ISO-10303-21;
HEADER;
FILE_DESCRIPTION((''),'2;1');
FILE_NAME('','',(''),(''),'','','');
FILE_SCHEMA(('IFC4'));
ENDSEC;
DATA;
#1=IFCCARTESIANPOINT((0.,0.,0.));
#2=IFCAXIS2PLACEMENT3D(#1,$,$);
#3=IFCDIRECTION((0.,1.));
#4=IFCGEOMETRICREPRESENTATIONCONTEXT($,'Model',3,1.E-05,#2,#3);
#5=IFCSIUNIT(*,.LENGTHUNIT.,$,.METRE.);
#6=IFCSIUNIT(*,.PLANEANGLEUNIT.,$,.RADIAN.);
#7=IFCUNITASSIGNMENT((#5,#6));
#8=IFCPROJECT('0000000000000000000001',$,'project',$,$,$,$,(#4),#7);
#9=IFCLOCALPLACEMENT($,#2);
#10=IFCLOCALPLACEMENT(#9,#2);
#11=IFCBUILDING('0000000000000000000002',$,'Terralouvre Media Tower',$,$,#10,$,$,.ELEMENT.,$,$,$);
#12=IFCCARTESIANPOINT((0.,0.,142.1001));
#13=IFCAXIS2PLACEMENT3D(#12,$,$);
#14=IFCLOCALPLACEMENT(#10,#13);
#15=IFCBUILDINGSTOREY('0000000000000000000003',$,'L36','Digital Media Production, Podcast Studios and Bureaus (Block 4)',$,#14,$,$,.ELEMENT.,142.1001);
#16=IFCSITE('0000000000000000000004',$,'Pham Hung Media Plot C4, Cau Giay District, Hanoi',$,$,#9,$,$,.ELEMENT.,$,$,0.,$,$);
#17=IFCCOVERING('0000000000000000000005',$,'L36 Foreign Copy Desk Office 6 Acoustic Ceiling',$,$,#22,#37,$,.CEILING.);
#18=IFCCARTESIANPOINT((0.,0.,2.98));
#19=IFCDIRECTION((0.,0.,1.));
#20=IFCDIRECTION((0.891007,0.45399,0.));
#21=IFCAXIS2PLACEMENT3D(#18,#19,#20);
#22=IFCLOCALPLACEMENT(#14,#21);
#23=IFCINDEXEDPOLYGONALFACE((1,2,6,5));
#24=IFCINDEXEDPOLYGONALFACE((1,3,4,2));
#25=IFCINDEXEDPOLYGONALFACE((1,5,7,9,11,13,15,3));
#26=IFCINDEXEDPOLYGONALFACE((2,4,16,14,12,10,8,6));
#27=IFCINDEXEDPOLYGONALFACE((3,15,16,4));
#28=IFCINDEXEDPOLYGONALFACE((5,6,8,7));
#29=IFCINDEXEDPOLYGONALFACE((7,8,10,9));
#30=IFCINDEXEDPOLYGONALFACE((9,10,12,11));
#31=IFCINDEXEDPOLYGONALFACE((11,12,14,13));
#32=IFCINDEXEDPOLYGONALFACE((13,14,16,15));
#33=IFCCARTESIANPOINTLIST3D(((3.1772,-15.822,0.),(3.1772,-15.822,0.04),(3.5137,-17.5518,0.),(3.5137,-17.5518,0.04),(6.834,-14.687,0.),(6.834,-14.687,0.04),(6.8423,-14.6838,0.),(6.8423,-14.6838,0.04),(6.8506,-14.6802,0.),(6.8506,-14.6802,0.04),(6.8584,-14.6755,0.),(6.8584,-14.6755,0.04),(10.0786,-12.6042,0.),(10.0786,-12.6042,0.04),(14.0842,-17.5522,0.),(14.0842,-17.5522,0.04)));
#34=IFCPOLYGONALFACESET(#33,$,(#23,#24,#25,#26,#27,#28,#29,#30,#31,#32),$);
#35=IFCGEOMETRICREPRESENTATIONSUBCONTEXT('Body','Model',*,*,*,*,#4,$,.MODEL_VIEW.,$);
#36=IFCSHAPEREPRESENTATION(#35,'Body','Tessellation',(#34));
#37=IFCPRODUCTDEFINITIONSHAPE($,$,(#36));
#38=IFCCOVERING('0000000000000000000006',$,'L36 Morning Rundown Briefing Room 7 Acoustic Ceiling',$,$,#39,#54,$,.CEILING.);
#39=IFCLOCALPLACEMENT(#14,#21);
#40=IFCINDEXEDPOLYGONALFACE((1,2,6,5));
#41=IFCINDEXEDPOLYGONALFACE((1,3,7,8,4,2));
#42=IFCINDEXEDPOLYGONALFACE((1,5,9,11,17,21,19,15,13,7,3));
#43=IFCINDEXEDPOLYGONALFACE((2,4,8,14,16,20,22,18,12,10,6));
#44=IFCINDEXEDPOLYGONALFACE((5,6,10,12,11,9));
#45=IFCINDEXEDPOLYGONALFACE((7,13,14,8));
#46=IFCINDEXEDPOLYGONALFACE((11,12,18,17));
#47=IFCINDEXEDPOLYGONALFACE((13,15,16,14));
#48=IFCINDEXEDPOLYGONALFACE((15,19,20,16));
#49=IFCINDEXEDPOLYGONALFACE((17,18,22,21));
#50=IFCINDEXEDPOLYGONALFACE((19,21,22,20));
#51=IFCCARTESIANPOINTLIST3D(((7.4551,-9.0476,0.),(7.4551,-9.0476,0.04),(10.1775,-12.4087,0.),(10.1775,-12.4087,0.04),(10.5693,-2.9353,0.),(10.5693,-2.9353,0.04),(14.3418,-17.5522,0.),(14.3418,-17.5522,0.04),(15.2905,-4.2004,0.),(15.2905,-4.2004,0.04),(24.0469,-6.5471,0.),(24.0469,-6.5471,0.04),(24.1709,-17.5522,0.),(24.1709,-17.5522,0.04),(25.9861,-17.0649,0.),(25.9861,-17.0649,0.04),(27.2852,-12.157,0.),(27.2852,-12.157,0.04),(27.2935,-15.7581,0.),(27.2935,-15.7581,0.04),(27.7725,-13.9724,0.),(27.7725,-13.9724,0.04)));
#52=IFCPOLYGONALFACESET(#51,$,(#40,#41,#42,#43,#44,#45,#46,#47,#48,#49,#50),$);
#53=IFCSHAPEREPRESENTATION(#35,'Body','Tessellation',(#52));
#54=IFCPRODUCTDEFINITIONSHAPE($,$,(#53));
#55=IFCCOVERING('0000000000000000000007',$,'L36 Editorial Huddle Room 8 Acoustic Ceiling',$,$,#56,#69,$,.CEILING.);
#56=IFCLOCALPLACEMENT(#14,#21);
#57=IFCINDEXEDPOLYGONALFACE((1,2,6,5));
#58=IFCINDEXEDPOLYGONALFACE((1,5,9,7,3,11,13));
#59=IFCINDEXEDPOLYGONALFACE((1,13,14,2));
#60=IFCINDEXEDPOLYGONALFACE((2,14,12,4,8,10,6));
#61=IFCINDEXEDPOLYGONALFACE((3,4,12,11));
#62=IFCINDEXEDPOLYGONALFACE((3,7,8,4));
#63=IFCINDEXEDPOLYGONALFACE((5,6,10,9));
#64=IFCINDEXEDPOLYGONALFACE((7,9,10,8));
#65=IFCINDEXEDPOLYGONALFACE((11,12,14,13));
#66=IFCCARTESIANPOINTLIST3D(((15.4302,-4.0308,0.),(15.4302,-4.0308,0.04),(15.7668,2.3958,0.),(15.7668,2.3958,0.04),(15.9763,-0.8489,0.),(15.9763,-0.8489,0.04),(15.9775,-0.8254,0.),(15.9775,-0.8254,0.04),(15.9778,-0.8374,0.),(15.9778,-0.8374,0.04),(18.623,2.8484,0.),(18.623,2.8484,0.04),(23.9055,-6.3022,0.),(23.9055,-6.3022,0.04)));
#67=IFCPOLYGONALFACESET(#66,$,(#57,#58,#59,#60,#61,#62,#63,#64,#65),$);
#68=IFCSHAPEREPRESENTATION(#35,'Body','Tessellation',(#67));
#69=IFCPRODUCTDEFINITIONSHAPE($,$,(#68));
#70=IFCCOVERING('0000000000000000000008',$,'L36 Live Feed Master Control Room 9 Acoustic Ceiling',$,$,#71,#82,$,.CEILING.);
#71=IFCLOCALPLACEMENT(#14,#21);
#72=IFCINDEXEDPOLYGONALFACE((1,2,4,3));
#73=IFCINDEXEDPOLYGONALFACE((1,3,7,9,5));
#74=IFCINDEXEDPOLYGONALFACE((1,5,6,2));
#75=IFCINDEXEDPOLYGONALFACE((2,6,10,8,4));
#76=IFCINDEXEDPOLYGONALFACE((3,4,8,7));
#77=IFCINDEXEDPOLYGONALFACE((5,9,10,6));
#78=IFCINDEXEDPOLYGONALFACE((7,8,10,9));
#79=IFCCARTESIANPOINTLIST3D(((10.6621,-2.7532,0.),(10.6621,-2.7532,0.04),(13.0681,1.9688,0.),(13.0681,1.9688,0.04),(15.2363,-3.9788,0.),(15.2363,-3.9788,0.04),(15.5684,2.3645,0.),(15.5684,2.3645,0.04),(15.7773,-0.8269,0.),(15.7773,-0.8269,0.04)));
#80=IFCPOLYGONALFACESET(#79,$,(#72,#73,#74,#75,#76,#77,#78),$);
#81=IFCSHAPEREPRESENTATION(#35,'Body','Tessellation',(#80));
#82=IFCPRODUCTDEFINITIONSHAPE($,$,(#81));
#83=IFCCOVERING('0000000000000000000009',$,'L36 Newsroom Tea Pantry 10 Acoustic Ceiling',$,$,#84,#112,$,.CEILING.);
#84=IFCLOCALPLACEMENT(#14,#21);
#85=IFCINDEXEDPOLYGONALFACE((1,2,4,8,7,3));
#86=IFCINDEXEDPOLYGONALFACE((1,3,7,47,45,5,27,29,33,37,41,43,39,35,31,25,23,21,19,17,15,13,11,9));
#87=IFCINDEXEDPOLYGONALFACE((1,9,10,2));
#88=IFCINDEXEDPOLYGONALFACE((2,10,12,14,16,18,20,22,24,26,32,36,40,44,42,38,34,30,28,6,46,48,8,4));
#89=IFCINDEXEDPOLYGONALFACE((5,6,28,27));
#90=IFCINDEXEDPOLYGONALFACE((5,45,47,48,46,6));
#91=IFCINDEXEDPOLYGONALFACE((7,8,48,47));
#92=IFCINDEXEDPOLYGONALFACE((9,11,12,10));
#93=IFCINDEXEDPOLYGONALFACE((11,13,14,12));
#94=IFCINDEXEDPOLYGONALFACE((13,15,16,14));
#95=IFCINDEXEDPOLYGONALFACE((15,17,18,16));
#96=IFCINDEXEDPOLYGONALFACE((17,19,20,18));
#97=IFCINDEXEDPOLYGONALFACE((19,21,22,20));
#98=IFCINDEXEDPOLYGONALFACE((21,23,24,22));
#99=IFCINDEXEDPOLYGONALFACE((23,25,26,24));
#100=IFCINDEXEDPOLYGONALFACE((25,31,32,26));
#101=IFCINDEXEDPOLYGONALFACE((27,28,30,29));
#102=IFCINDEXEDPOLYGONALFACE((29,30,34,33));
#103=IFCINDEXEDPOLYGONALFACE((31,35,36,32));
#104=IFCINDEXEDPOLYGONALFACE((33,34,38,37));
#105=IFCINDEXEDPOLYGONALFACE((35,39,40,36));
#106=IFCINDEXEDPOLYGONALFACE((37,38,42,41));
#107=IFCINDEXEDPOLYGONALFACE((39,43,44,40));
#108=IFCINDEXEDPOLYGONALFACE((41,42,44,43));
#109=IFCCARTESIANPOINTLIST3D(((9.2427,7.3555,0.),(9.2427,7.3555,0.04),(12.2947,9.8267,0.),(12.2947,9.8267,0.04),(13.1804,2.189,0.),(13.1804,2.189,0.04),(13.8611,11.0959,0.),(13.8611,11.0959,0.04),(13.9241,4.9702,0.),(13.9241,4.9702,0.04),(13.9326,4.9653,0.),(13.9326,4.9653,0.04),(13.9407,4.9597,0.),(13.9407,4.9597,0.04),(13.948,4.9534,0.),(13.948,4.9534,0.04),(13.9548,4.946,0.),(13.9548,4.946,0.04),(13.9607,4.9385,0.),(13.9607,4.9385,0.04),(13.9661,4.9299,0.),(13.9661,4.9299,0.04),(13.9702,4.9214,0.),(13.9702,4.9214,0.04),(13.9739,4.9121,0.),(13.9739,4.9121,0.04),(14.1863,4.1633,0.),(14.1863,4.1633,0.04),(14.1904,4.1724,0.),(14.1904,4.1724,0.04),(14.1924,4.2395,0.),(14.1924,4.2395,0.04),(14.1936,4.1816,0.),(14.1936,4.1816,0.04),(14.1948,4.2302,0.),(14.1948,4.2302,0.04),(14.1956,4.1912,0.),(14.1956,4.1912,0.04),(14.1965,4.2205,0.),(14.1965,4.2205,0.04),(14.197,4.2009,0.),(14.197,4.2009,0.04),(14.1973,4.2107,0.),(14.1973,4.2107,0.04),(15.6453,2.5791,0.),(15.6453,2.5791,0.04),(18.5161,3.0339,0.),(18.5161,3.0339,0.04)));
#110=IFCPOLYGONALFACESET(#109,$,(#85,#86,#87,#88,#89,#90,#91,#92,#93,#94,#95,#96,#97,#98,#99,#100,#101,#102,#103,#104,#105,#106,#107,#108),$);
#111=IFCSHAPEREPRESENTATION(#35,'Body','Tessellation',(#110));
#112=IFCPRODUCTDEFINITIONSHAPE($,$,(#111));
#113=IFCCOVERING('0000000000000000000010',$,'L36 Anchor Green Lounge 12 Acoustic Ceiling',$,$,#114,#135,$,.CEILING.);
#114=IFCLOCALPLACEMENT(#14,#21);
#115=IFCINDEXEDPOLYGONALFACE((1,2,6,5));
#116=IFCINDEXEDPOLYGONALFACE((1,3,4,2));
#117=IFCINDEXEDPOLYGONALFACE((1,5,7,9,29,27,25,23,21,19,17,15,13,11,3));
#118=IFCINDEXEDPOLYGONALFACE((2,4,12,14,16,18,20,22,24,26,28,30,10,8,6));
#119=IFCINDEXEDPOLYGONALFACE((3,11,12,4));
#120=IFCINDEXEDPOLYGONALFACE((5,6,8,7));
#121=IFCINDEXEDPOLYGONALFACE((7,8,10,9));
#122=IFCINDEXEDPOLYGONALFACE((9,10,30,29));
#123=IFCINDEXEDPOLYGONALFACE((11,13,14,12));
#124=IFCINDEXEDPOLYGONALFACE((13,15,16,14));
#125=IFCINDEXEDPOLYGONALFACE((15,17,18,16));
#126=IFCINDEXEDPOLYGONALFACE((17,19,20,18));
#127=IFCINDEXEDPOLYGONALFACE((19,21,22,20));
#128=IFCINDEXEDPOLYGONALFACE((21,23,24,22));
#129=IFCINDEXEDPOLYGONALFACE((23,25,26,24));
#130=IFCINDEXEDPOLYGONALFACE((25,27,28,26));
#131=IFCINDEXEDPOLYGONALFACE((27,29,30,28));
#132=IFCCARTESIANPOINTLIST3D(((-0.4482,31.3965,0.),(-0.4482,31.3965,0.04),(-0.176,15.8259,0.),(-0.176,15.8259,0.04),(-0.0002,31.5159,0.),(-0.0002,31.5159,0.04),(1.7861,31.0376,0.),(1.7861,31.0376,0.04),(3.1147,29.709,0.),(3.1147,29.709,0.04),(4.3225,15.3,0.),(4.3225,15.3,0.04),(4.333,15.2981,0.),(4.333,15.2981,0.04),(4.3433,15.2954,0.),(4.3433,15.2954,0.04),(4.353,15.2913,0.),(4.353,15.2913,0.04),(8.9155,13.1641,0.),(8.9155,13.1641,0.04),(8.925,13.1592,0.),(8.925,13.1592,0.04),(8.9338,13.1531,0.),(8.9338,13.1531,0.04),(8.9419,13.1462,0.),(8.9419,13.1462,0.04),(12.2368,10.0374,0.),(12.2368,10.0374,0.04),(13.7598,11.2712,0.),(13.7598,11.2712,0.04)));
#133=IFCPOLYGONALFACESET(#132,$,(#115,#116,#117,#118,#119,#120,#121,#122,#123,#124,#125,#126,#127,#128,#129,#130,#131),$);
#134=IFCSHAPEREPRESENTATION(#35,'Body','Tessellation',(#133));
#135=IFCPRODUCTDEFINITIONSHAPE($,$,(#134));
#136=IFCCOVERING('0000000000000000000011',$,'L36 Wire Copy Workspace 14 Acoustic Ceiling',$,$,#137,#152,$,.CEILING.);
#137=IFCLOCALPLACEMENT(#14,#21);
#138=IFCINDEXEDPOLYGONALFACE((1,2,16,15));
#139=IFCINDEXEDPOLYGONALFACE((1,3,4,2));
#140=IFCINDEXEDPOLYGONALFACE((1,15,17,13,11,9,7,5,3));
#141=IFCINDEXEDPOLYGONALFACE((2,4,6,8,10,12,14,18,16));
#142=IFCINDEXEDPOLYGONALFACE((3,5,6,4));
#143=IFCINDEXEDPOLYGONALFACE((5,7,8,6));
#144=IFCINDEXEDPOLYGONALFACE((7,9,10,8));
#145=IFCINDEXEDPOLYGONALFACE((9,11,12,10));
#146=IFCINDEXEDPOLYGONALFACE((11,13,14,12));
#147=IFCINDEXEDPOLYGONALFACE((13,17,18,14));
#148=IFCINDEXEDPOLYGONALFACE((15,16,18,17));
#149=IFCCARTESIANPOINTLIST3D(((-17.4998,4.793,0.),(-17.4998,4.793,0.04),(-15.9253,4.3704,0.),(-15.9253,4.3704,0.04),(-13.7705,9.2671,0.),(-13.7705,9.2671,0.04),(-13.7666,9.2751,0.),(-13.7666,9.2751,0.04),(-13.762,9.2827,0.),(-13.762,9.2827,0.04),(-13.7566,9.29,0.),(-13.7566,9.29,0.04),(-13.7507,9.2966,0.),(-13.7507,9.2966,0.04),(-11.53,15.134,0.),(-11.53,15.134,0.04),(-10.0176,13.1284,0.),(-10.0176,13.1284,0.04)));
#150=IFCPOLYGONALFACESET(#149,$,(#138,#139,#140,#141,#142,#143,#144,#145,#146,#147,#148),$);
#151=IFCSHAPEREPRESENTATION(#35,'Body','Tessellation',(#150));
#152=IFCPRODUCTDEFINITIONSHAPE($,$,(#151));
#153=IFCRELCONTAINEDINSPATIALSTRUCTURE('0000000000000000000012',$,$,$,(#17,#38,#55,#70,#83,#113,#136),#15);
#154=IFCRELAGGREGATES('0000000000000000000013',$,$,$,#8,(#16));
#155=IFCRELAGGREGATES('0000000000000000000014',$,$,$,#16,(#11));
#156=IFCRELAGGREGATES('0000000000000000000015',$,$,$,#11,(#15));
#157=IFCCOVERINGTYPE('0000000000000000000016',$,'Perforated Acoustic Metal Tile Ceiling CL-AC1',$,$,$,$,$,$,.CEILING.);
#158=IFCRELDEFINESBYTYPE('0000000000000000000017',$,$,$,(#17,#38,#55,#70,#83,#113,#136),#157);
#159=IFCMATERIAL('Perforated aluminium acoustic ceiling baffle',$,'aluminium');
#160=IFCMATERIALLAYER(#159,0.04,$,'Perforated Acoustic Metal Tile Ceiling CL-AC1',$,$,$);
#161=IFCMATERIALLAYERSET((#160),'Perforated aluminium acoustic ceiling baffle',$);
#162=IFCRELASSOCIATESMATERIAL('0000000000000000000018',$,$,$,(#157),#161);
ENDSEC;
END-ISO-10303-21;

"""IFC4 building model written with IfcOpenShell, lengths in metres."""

from ifc_helpers import new_model, si_unit, direction, frame, origin, place, context, subcontext, project, spatial, polyline, outline, extrude, material, layer, layer_set, type_object, element, save


model = new_model("IFC4")

# Units and contexts
model_context = context("Model", 3, precision=1e-05, world=origin(), true_north=direction((0.0, 1.0)))
body_context = subcontext(model_context, "Body", "Model", "MODEL_VIEW")
ifc_project = project(units=[si_unit("LENGTHUNIT", "METRE"), si_unit("PLANEANGLEUNIT", "RADIAN")], contexts=[model_context])

# Site, building, storey
site_placement = place(None, origin())
site = spatial("IfcSite", under=ifc_project, at=site_placement, Name="Pham Hung Media Plot C4, Cau Giay District, Hanoi", CompositionType="ELEMENT", RefElevation=0.0)
building_placement = place(site_placement, origin())
building = spatial("IfcBuilding", under=site, at=building_placement, Name="Terralouvre Media Tower", CompositionType="ELEMENT")
storey_placement = place(building_placement, frame((0.0, 0.0, 142.1001)))
storey = spatial("IfcBuildingStorey", under=building, at=storey_placement, Name="L36", Description="Digital Media Production, Podcast Studios and Bureaus (Block 4)", CompositionType="ELEMENT", Elevation=142.1001)

# Coverings
ifc_material_1 = material(Name="Perforated aluminium acoustic ceiling baffle", Category="aluminium")
ifc_layer_1 = layer(ifc_material_1, 0.04, Name="Perforated Acoustic Metal Tile Ceiling CL-AC1")
ifc_layer_set_1 = layer_set([ifc_layer_1], Name="Perforated aluminium acoustic ceiling baffle")
covering_type = type_object("IfcCoveringType", Name="Perforated Acoustic Metal Tile Ceiling CL-AC1", PredefinedType="CEILING", material=ifc_layer_set_1)
covering_1_placement = place(storey_placement, frame((0.0, 0.0, 2.98), z_axis=(0.0, 0.0, 1.0), x_axis=(0.891007, 0.45399, 0.0)))
element("IfcCovering", 1, at=covering_1_placement, inside=storey, type_object=covering_type, Name="L36 Foreign Copy Desk Office 6 Acoustic Ceiling", PredefinedType="CEILING", context=body_context, shape_type="SweptSolid", body=[
    extrude(outline(polyline([(6.8584, -14.6755), (6.8506, -14.6802), (6.8423, -14.6838), (6.834, -14.687), (3.1772, -15.822), (3.5137, -17.5518), (14.0842, -17.5522), (10.0786, -12.6042), (6.8584, -14.6755)])), origin(), (0.0, 0.0, 1.0), 0.04),
])
covering_2_placement = place(storey_placement, frame((0.0, 0.0, 2.98), z_axis=(0.0, 0.0, 1.0), x_axis=(0.891007, 0.45399, 0.0)))
element("IfcCovering", 2, at=covering_2_placement, inside=storey, type_object=covering_type, Name="L36 Morning Rundown Briefing Room 7 Acoustic Ceiling", PredefinedType="CEILING", context=body_context, shape_type="SweptSolid", body=[
    extrude(outline(polyline([(10.5693, -2.9353), (7.4551, -9.0476), (10.1775, -12.4087), (14.3418, -17.5522), (24.1709, -17.5522), (25.9861, -17.0649), (27.2935, -15.7581), (27.7725, -13.9724), (27.2852, -12.157), (24.0469, -6.5471), (15.2905, -4.2004), (10.5693, -2.9353)])), origin(), (0.0, 0.0, 1.0), 0.04),
])
covering_3_placement = place(storey_placement, frame((0.0, 0.0, 2.98), z_axis=(0.0, 0.0, 1.0), x_axis=(0.891007, 0.45399, 0.0)))
element("IfcCovering", 3, at=covering_3_placement, inside=storey, type_object=covering_type, Name="L36 Editorial Huddle Room 8 Acoustic Ceiling", PredefinedType="CEILING", context=body_context, shape_type="SweptSolid", body=[
    extrude(outline(polyline([(15.9775, -0.8254), (15.9778, -0.8374), (15.9763, -0.8489), (15.4302, -4.0308), (23.9055, -6.3022), (18.623, 2.8484), (15.7668, 2.3958), (15.9775, -0.8254)])), origin(), (0.0, 0.0, 1.0), 0.04),
])
covering_4_placement = place(storey_placement, frame((0.0, 0.0, 2.98), z_axis=(0.0, 0.0, 1.0), x_axis=(0.891007, 0.45399, 0.0)))
element("IfcCovering", 4, at=covering_4_placement, inside=storey, type_object=covering_type, Name="L36 Live Feed Master Control Room 9 Acoustic Ceiling", PredefinedType="CEILING", context=body_context, shape_type="SweptSolid", body=[
    extrude(outline(polyline([(15.7773, -0.8269), (15.5684, 2.3645), (13.0681, 1.9688), (10.6621, -2.7532), (15.2363, -3.9788), (15.7773, -0.8269)])), origin(), (0.0, 0.0, 1.0), 0.04),
])
covering_5_placement = place(storey_placement, frame((0.0, 0.0, 2.98), z_axis=(0.0, 0.0, 1.0), x_axis=(0.891007, 0.45399, 0.0)))
element("IfcCovering", 5, at=covering_5_placement, inside=storey, type_object=covering_type, Name="L36 Newsroom Tea Pantry 10 Acoustic Ceiling", PredefinedType="CEILING", context=body_context, shape_type="SweptSolid", body=[
    extrude(outline(polyline([(9.2427, 7.3555), (13.9241, 4.9702), (13.9326, 4.9653), (13.9407, 4.9597), (13.948, 4.9534), (13.9548, 4.946), (13.9607, 4.9385), (13.9661, 4.9299), (13.9702, 4.9214), (13.9739, 4.9121), (14.1924, 4.2395), (14.1948, 4.2302), (14.1965, 4.2205), (14.1973, 4.2107), (14.197, 4.2009), (14.1956, 4.1912), (14.1936, 4.1816), (14.1904, 4.1724), (14.1863, 4.1633), (13.1804, 2.189), (15.6453, 2.5791), (18.5161, 3.0339), (13.8611, 11.0959), (12.2947, 9.8267), (9.2427, 7.3555)])), origin(), (0.0, 0.0, 1.0), 0.04),
])
covering_6_placement = place(storey_placement, frame((0.0, 0.0, 2.98), z_axis=(0.0, 0.0, 1.0), x_axis=(0.891007, 0.45399, 0.0)))
element("IfcCovering", 6, at=covering_6_placement, inside=storey, type_object=covering_type, Name="L36 Anchor Green Lounge 12 Acoustic Ceiling", PredefinedType="CEILING", context=body_context, shape_type="SweptSolid", body=[
    extrude(outline(polyline([(4.3225, 15.3), (4.333, 15.2981), (4.3433, 15.2954), (4.353, 15.2913), (8.9155, 13.1641), (8.925, 13.1592), (8.9338, 13.1531), (8.9419, 13.1462), (12.2368, 10.0374), (13.7598, 11.2712), (3.1147, 29.709), (1.7861, 31.0376), (-0.0002, 31.5159), (-0.4482, 31.3965), (-0.176, 15.8259), (4.3225, 15.3)])), origin(), (0.0, 0.0, 1.0), 0.04),
])
covering_7_placement = place(storey_placement, frame((0.0, 0.0, 2.98), z_axis=(0.0, 0.0, 1.0), x_axis=(0.891007, 0.45399, 0.0)))
element("IfcCovering", 7, at=covering_7_placement, inside=storey, type_object=covering_type, Name="L36 Wire Copy Workspace 14 Acoustic Ceiling", PredefinedType="CEILING", context=body_context, shape_type="SweptSolid", body=[
    extrude(outline(polyline([(-13.7705, 9.2671), (-13.7666, 9.2751), (-13.762, 9.2827), (-13.7566, 9.29), (-13.7507, 9.2966), (-10.0176, 13.1284), (-11.53, 15.134), (-17.4998, 4.793), (-15.9253, 4.3704), (-13.7705, 9.2671)])), origin(), (0.0, 0.0, 1.0), 0.04),
])

save(model, "model.ifc")
